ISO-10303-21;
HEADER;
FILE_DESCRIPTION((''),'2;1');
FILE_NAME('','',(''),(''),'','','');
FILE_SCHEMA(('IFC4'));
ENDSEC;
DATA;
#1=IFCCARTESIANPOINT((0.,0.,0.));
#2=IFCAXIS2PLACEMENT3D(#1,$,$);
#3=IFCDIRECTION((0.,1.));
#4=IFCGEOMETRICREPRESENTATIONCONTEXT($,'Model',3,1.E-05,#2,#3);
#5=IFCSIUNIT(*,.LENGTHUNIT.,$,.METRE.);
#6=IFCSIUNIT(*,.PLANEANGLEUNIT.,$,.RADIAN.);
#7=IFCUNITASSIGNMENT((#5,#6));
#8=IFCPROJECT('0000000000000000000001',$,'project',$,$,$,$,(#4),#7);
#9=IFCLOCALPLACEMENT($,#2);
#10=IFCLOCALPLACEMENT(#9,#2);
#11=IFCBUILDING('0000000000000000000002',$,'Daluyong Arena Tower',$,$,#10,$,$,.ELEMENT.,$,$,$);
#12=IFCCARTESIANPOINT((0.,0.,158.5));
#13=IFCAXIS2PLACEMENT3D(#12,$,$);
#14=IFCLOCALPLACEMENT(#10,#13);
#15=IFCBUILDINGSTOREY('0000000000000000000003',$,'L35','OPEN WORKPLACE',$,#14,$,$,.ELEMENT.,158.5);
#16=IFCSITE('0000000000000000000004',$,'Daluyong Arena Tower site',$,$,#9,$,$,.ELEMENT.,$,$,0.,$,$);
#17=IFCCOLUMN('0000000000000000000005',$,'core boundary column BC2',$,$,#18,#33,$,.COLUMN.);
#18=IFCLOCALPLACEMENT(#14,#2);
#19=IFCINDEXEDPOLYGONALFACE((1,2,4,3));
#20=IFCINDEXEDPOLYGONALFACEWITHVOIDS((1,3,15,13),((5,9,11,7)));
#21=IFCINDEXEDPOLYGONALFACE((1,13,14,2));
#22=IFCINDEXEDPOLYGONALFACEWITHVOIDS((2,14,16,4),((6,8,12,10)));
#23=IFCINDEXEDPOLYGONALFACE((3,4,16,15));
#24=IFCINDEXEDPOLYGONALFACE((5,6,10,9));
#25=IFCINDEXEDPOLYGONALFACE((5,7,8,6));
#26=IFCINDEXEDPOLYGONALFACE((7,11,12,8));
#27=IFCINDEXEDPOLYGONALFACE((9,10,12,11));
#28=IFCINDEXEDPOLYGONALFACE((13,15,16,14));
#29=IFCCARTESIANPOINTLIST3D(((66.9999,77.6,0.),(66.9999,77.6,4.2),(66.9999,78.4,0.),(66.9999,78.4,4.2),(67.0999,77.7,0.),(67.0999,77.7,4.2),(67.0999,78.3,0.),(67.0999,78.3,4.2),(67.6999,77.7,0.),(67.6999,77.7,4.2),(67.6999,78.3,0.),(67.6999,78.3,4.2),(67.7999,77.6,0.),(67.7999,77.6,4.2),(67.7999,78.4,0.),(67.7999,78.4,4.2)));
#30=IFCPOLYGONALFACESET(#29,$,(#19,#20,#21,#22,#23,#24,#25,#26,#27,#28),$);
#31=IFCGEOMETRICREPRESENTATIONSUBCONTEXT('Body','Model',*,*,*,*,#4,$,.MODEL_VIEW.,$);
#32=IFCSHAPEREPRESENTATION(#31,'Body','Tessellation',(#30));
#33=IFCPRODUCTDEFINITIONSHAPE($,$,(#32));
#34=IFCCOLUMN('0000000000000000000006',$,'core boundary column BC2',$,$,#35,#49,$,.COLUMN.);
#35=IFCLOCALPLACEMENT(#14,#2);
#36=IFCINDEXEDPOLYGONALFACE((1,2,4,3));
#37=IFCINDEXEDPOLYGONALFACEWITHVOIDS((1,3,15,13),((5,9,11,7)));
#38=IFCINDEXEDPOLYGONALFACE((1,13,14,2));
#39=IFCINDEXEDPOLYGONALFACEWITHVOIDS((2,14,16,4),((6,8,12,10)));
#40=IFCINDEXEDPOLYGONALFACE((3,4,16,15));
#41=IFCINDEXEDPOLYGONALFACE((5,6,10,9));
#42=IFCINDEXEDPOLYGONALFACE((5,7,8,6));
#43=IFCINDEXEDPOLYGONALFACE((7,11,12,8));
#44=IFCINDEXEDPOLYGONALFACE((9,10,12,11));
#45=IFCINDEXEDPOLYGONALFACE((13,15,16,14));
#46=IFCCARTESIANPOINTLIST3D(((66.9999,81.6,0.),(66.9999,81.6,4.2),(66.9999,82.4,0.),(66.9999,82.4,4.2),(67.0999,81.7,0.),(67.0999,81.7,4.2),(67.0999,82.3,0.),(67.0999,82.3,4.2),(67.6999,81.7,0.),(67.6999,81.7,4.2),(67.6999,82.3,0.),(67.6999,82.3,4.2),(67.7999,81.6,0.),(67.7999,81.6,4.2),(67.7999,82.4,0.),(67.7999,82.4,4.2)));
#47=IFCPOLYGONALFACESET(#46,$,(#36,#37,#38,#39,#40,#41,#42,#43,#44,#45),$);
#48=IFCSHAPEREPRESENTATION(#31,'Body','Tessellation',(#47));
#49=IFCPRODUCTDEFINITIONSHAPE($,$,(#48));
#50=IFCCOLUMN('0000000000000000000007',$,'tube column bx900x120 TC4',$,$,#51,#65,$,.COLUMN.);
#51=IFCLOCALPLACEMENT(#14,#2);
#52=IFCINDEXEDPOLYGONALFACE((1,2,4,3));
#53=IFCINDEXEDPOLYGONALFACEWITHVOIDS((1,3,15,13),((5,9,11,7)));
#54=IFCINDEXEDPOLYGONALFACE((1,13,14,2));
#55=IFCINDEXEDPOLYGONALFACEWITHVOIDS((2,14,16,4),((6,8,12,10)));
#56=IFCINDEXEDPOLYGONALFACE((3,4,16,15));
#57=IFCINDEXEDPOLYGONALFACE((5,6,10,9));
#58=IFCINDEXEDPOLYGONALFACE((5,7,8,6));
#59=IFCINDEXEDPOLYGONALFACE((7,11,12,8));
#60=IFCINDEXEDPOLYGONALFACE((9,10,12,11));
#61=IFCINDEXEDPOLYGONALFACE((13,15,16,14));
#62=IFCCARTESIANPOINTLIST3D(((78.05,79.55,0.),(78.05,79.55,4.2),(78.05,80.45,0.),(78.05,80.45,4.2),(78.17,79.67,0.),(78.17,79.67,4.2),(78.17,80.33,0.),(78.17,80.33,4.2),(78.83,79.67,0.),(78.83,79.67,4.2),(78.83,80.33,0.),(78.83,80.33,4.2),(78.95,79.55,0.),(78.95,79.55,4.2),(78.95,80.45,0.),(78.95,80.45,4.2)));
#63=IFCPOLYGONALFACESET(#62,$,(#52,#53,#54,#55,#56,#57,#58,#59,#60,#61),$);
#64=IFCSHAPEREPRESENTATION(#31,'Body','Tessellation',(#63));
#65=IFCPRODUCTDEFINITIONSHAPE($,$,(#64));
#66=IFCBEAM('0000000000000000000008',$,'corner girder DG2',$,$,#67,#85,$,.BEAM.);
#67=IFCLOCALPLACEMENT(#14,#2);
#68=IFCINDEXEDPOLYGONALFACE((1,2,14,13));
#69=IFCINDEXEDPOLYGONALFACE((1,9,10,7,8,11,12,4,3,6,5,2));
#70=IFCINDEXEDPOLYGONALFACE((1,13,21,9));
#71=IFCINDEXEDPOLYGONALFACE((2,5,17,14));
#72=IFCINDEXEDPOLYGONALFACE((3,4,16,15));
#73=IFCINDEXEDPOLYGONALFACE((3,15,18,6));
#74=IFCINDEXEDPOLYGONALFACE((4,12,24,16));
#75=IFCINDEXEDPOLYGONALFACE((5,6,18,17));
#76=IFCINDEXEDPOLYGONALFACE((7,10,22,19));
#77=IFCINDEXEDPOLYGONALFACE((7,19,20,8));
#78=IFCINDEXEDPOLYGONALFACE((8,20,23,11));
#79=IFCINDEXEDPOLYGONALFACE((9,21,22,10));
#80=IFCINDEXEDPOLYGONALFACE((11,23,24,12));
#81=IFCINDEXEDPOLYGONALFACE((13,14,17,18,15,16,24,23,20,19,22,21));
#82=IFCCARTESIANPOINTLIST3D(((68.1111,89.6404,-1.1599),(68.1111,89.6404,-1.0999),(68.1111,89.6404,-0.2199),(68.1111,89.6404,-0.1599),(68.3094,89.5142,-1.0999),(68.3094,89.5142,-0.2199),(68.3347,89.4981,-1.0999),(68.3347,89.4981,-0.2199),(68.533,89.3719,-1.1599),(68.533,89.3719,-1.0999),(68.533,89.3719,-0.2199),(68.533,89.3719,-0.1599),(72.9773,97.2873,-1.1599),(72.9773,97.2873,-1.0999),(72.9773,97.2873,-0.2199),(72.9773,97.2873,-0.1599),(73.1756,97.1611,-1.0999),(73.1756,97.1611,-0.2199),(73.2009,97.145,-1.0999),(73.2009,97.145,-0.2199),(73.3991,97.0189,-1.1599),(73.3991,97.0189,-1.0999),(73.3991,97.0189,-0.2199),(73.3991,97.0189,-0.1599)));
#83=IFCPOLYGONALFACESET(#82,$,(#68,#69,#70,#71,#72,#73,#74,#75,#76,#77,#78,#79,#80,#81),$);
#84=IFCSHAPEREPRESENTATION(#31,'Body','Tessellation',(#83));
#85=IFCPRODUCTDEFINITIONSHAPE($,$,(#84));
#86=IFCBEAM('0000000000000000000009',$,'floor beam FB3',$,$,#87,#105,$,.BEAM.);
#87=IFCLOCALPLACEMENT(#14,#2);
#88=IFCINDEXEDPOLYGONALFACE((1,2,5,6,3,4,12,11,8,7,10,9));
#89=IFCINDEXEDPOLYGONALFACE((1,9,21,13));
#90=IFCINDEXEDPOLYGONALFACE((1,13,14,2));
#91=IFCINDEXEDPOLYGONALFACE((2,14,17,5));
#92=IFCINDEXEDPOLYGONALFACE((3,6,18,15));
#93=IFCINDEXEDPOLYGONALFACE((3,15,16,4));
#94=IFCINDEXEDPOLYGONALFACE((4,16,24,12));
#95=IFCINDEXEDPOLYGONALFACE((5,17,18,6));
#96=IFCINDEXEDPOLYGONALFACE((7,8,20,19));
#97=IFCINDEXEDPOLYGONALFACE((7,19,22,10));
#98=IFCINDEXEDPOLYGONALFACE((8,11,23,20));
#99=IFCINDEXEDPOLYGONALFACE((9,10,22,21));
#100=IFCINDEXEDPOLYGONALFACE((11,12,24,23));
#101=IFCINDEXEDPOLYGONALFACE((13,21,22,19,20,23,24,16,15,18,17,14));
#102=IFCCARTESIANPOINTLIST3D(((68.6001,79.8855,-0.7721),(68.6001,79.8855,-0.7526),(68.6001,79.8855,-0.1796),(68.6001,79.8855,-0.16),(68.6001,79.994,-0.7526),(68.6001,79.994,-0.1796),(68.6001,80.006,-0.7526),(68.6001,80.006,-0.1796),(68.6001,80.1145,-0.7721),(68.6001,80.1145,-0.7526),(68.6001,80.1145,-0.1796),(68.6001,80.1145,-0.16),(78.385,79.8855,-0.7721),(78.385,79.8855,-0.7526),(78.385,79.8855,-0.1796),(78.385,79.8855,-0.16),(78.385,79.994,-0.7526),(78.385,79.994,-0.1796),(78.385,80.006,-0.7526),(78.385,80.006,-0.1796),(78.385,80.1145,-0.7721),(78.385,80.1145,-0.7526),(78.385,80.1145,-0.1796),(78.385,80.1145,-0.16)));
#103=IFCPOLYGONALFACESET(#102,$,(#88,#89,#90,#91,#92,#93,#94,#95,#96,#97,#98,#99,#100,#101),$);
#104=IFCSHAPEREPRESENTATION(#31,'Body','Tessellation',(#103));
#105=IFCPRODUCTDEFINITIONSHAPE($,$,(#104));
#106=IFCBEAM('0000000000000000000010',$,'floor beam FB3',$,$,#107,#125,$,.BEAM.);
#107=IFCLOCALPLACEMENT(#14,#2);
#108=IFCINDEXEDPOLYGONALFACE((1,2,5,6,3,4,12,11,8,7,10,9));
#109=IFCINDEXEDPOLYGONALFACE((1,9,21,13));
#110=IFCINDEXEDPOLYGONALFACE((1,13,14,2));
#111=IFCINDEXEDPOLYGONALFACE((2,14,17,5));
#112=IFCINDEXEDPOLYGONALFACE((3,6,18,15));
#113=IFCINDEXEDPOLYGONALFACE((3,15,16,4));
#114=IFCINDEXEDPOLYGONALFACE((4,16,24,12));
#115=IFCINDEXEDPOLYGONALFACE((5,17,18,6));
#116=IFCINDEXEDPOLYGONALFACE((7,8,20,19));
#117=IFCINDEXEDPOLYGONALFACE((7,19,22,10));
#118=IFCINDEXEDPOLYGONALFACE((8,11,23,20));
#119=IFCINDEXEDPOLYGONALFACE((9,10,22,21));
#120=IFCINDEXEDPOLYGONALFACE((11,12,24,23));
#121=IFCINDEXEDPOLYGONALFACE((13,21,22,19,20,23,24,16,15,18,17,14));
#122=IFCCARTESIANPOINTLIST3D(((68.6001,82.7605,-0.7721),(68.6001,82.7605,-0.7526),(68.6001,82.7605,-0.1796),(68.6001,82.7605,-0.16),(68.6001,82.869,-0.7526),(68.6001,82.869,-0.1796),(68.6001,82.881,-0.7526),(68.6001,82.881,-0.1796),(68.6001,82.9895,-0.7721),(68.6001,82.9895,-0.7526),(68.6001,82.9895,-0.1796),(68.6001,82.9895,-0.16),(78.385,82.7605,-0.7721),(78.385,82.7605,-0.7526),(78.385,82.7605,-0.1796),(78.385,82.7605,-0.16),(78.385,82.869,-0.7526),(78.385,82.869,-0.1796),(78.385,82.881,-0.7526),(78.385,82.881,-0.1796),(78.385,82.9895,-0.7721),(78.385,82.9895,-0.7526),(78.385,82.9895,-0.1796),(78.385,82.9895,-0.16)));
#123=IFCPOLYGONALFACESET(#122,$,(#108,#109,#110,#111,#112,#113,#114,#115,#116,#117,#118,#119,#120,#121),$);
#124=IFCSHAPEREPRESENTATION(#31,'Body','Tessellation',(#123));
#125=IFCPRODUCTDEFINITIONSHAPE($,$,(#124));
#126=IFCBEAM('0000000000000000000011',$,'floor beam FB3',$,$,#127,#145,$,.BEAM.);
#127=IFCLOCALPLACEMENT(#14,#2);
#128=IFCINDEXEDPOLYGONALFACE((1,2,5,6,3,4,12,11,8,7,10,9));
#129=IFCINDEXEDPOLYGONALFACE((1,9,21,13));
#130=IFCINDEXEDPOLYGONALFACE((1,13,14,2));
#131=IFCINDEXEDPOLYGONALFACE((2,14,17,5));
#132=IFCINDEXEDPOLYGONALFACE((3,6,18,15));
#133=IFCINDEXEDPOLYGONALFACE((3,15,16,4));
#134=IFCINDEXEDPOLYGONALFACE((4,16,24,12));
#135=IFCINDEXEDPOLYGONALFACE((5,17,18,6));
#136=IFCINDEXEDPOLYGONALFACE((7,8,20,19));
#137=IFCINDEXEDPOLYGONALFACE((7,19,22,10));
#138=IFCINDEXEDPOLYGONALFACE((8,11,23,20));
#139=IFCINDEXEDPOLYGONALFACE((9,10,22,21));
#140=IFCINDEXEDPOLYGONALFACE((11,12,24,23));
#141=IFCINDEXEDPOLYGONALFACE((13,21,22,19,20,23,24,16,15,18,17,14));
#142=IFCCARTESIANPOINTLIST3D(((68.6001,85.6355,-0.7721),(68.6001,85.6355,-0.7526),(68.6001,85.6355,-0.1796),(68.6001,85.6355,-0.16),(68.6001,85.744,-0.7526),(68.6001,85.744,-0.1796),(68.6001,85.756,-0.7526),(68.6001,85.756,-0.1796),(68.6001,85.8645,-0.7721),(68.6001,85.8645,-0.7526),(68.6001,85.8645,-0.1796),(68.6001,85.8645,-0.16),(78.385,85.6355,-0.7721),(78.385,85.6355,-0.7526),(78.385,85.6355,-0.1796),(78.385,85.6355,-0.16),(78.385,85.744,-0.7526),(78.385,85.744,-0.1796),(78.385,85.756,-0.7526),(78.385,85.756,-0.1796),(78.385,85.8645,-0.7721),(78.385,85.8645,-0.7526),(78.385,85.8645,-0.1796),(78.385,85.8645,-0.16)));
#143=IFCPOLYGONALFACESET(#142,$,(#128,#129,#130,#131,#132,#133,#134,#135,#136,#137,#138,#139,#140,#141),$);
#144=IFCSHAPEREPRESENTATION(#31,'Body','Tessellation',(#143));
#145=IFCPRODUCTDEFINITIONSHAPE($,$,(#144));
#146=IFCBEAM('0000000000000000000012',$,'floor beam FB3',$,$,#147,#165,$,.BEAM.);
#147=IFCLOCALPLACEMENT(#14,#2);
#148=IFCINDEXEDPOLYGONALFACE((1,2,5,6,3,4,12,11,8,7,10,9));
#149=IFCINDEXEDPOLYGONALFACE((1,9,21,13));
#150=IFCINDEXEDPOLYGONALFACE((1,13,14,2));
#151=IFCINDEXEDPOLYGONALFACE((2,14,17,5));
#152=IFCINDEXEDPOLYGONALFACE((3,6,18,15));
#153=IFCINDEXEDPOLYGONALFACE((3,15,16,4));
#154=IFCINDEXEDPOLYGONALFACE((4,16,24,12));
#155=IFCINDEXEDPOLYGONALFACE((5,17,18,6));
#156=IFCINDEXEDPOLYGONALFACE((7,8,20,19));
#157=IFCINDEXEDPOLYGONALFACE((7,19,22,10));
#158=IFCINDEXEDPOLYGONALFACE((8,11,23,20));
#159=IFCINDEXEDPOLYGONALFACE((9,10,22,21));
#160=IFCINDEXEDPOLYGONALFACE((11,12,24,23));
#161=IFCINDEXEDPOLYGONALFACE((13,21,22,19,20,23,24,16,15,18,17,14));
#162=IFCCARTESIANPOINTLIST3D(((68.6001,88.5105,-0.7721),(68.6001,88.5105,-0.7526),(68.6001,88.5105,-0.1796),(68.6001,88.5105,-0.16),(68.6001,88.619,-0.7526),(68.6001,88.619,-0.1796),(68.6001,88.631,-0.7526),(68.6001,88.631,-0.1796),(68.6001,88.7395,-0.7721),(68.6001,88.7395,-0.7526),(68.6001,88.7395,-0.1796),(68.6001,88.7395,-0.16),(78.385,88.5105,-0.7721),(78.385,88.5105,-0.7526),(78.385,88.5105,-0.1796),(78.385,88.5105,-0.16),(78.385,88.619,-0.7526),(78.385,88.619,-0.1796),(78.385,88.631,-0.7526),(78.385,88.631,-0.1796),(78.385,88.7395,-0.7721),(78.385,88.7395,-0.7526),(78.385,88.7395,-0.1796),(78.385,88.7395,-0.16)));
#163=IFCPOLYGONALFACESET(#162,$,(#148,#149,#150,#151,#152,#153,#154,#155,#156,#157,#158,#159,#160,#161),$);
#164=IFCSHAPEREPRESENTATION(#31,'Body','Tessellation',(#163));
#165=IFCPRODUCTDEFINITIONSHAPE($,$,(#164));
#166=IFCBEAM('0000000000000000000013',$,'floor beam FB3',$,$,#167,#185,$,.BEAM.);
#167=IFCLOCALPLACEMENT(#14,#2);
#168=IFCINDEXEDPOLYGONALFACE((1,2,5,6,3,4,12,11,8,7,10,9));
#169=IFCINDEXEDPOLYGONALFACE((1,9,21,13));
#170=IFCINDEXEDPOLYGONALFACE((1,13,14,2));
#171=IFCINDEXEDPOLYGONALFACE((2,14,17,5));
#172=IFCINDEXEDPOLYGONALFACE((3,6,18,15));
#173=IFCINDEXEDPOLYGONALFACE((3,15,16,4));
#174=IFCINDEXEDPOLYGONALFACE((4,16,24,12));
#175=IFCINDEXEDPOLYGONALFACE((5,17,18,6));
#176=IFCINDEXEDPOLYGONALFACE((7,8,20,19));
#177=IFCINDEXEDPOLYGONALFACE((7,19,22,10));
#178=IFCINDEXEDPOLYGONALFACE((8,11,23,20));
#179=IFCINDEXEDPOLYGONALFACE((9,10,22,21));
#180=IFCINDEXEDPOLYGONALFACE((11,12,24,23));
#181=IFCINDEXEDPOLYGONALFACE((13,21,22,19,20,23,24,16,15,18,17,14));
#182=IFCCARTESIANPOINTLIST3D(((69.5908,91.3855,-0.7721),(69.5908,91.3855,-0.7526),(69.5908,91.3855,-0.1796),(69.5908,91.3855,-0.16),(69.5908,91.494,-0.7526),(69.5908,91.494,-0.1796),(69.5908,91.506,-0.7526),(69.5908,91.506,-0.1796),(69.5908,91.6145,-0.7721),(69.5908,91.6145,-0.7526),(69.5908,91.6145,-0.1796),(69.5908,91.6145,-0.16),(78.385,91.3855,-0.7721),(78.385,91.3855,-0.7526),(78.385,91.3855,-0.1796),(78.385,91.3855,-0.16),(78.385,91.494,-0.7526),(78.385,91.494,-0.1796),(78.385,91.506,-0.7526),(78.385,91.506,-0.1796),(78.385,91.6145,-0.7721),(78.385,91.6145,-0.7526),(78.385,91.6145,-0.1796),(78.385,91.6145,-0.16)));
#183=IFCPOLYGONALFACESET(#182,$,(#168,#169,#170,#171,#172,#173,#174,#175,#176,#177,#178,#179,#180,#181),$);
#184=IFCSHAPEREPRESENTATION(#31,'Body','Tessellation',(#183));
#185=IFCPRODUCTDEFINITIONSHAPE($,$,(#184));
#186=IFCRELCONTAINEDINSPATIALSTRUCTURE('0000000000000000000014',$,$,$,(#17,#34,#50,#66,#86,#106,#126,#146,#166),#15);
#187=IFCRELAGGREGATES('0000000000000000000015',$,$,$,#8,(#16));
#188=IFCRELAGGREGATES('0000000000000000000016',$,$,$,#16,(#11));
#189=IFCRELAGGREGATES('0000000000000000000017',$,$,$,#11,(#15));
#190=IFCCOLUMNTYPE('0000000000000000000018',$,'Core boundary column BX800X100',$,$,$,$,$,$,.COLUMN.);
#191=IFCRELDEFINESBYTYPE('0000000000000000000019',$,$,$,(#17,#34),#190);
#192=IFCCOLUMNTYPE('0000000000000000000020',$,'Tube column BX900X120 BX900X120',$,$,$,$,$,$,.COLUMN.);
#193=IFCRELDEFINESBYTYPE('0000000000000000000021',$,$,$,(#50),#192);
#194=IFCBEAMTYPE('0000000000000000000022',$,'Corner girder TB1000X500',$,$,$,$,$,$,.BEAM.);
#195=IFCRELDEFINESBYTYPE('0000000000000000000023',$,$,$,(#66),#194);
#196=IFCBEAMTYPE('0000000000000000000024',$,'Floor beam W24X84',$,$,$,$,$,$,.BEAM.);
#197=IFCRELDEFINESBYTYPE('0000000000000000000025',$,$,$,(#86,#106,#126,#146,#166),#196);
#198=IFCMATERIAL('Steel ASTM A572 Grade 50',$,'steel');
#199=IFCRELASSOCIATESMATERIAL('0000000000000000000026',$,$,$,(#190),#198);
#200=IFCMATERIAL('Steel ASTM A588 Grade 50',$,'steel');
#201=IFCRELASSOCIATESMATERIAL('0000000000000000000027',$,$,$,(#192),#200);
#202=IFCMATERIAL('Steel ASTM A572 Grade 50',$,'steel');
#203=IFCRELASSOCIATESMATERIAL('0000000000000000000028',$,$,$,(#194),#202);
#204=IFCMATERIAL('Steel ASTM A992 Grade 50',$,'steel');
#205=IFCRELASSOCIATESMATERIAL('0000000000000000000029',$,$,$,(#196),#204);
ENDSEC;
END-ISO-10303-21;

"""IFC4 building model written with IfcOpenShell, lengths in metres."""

from ifc_helpers import new_model, si_unit, direction, frame, origin, origin_2d, place, context, subcontext, project, spatial, hollow_rectangle, i_section, extrude, material, material_profile, profile_set, type_object, element, save


model = new_model("IFC4")

# Units and contexts
model_context = context("Model", 3, precision=1e-05, world=origin(), true_north=direction((0.0, 1.0)))
body_context = subcontext(model_context, "Body", "Model", "MODEL_VIEW")
ifc_project = project(units=[si_unit("LENGTHUNIT", "METRE"), si_unit("PLANEANGLEUNIT", "RADIAN")], contexts=[model_context])

# Site, building, storey
site_placement = place(None, origin())
site = spatial("IfcSite", under=ifc_project, at=site_placement, Name="Daluyong Arena Tower site", CompositionType="ELEMENT", RefElevation=0.0)
building_placement = place(site_placement, origin())
building = spatial("IfcBuilding", under=site, at=building_placement, Name="Daluyong Arena Tower", CompositionType="ELEMENT")
storey_placement = place(building_placement, frame((0.0, 0.0, 158.5)))
storey = spatial("IfcBuildingStorey", under=building, at=storey_placement, Name="L35", Description="OPEN WORKPLACE", CompositionType="ELEMENT", Elevation=158.5)

# Columns
ifc_material_1 = material(Name="Steel ASTM A572 Grade 50", Category="steel")
ifc_material_profile_1 = material_profile(ifc_material_1, hollow_rectangle(XDim=0.8, YDim=0.8, WallThickness=0.1, at=origin_2d()))
ifc_profile_set_1 = profile_set([ifc_material_profile_1], Name="Steel ASTM A572 Grade 50")
column_type_1 = type_object("IfcColumnType", Name="Core boundary column BX800X100", PredefinedType="COLUMN", material=ifc_profile_set_1)
for number, where, z_axis, x_axis, name in (
    (1, (67.3999, 78.0, 0.0), (0.0, 0.0, 1.0), (1.0, 0.0, 0.0), "core boundary column BC2"),
    (2, (67.3999, 82.0, 0.0), (0.0, 0.0, 1.0), (1.0, 0.0, 0.0), "core boundary column BC2"),
):
    element("IfcColumn", number, at=place(storey_placement, frame(where, z_axis=z_axis, x_axis=x_axis)), inside=storey, type_object=column_type_1, Name=name, PredefinedType="COLUMN", context=body_context, shape_type="SweptSolid", body=[
        extrude(hollow_rectangle(XDim=0.8, YDim=0.8, WallThickness=0.1, at=origin_2d()), origin(), (0.0, 0.0, 1.0), 4.2),
    ])
ifc_material_2 = material(Name="Steel ASTM A588 Grade 50", Category="steel")
ifc_material_profile_2 = material_profile(ifc_material_2, hollow_rectangle(XDim=0.8999, YDim=0.8999, WallThickness=0.12, at=origin_2d()))
ifc_profile_set_2 = profile_set([ifc_material_profile_2], Name="Steel ASTM A588 Grade 50")
column_type_2 = type_object("IfcColumnType", Name="Tube column BX900X120 BX900X120", PredefinedType="COLUMN", material=ifc_profile_set_2)
column_placement = place(storey_placement, frame((78.5, 80.0, 0.0), z_axis=(0.0, 0.0, 1.0), x_axis=(0.0, 1.0, 0.0)))
element("IfcColumn", 3, at=column_placement, inside=storey, type_object=column_type_2, Name="tube column bx900x120 TC4", PredefinedType="COLUMN", context=body_context, shape_type="SweptSolid", body=[
    extrude(hollow_rectangle(XDim=0.8999, YDim=0.8999, WallThickness=0.12, at=origin_2d()), origin(), (0.0, 0.0, 1.0), 4.2),
])

# Beams
ifc_material_3 = material(Name="Steel ASTM A572 Grade 50", Category="steel")
ifc_material_profile_3 = material_profile(ifc_material_3, i_section(OverallWidth=0.5, OverallDepth=1.0, WebThickness=0.03, FlangeThickness=0.06, at=origin_2d()))
ifc_profile_set_3 = profile_set([ifc_material_profile_3], Name="Steel ASTM A572 Grade 50")
beam_type_1 = type_object("IfcBeamType", Name="Corner girder TB1000X500", PredefinedType="BEAM", material=ifc_profile_set_3)
beam_1_placement = place(storey_placement, frame((73.1882, 97.1531, -0.6599), z_axis=(-0.536872, -0.843664, 0.0), x_axis=(0.843664, -0.536872, 0.0)))
element("IfcBeam", 4, at=beam_1_placement, inside=storey, type_object=beam_type_1, Name="corner girder DG2", PredefinedType="BEAM", context=body_context, shape_type="SweptSolid", body=[
    extrude(i_section(OverallWidth=0.5, OverallDepth=1.0, WebThickness=0.03, FlangeThickness=0.06, at=origin_2d()), origin(), (0.0, 0.0, 1.0), 9.064),
])
ifc_material_4 = material(Name="Steel ASTM A992 Grade 50", Category="steel")
ifc_material_profile_4 = material_profile(ifc_material_4, i_section(OverallWidth=0.229, OverallDepth=0.6121, WebThickness=0.012, FlangeThickness=0.0195, at=origin_2d()))
ifc_profile_set_4 = profile_set([ifc_material_profile_4], Name="Steel ASTM A992 Grade 50")
beam_type_2 = type_object("IfcBeamType", Name="Floor beam W24X84", PredefinedType="BEAM", material=ifc_profile_set_4)
for number, where, z_axis, x_axis, name in (
    (5, (78.385, 80.0, -0.4661), (-1.0, 0.0, 0.0), (0.0, -1.0, 0.0), "floor beam FB3"),
    (6, (78.385, 82.875, -0.4661), (-1.0, 0.0, 0.0), (0.0, -1.0, 0.0), "floor beam FB3"),
    (7, (78.385, 85.75, -0.4661), (-1.0, 0.0, 0.0), (0.0, -1.0, 0.0), "floor beam FB3"),
    (8, (78.385, 88.625, -0.4661), (-1.0, 0.0, 0.0), (0.0, -1.0, 0.0), "floor beam FB3"),
):
    element("IfcBeam", number, at=place(storey_placement, frame(where, z_axis=z_axis, x_axis=x_axis)), inside=storey, type_object=beam_type_2, Name=name, PredefinedType="BEAM", context=body_context, shape_type="SweptSolid", body=[
        extrude(i_section(OverallWidth=0.229, OverallDepth=0.6121, WebThickness=0.012, FlangeThickness=0.0195, at=origin_2d()), origin(), (0.0, 0.0, 1.0), 9.7849),
    ])
beam_2_placement = place(storey_placement, frame((78.385, 91.5, -0.4661), z_axis=(-1.0, 0.0, 0.0), x_axis=(0.0, -1.0, 0.0)))
element("IfcBeam", 9, at=beam_2_placement, inside=storey, type_object=beam_type_2, Name="floor beam FB3", PredefinedType="BEAM", context=body_context, shape_type="SweptSolid", body=[
    extrude(i_section(OverallWidth=0.229, OverallDepth=0.6121, WebThickness=0.012, FlangeThickness=0.0195, at=origin_2d()), origin(), (0.0, 0.0, 1.0), 8.7942),
])

save(model, "model.ifc")
